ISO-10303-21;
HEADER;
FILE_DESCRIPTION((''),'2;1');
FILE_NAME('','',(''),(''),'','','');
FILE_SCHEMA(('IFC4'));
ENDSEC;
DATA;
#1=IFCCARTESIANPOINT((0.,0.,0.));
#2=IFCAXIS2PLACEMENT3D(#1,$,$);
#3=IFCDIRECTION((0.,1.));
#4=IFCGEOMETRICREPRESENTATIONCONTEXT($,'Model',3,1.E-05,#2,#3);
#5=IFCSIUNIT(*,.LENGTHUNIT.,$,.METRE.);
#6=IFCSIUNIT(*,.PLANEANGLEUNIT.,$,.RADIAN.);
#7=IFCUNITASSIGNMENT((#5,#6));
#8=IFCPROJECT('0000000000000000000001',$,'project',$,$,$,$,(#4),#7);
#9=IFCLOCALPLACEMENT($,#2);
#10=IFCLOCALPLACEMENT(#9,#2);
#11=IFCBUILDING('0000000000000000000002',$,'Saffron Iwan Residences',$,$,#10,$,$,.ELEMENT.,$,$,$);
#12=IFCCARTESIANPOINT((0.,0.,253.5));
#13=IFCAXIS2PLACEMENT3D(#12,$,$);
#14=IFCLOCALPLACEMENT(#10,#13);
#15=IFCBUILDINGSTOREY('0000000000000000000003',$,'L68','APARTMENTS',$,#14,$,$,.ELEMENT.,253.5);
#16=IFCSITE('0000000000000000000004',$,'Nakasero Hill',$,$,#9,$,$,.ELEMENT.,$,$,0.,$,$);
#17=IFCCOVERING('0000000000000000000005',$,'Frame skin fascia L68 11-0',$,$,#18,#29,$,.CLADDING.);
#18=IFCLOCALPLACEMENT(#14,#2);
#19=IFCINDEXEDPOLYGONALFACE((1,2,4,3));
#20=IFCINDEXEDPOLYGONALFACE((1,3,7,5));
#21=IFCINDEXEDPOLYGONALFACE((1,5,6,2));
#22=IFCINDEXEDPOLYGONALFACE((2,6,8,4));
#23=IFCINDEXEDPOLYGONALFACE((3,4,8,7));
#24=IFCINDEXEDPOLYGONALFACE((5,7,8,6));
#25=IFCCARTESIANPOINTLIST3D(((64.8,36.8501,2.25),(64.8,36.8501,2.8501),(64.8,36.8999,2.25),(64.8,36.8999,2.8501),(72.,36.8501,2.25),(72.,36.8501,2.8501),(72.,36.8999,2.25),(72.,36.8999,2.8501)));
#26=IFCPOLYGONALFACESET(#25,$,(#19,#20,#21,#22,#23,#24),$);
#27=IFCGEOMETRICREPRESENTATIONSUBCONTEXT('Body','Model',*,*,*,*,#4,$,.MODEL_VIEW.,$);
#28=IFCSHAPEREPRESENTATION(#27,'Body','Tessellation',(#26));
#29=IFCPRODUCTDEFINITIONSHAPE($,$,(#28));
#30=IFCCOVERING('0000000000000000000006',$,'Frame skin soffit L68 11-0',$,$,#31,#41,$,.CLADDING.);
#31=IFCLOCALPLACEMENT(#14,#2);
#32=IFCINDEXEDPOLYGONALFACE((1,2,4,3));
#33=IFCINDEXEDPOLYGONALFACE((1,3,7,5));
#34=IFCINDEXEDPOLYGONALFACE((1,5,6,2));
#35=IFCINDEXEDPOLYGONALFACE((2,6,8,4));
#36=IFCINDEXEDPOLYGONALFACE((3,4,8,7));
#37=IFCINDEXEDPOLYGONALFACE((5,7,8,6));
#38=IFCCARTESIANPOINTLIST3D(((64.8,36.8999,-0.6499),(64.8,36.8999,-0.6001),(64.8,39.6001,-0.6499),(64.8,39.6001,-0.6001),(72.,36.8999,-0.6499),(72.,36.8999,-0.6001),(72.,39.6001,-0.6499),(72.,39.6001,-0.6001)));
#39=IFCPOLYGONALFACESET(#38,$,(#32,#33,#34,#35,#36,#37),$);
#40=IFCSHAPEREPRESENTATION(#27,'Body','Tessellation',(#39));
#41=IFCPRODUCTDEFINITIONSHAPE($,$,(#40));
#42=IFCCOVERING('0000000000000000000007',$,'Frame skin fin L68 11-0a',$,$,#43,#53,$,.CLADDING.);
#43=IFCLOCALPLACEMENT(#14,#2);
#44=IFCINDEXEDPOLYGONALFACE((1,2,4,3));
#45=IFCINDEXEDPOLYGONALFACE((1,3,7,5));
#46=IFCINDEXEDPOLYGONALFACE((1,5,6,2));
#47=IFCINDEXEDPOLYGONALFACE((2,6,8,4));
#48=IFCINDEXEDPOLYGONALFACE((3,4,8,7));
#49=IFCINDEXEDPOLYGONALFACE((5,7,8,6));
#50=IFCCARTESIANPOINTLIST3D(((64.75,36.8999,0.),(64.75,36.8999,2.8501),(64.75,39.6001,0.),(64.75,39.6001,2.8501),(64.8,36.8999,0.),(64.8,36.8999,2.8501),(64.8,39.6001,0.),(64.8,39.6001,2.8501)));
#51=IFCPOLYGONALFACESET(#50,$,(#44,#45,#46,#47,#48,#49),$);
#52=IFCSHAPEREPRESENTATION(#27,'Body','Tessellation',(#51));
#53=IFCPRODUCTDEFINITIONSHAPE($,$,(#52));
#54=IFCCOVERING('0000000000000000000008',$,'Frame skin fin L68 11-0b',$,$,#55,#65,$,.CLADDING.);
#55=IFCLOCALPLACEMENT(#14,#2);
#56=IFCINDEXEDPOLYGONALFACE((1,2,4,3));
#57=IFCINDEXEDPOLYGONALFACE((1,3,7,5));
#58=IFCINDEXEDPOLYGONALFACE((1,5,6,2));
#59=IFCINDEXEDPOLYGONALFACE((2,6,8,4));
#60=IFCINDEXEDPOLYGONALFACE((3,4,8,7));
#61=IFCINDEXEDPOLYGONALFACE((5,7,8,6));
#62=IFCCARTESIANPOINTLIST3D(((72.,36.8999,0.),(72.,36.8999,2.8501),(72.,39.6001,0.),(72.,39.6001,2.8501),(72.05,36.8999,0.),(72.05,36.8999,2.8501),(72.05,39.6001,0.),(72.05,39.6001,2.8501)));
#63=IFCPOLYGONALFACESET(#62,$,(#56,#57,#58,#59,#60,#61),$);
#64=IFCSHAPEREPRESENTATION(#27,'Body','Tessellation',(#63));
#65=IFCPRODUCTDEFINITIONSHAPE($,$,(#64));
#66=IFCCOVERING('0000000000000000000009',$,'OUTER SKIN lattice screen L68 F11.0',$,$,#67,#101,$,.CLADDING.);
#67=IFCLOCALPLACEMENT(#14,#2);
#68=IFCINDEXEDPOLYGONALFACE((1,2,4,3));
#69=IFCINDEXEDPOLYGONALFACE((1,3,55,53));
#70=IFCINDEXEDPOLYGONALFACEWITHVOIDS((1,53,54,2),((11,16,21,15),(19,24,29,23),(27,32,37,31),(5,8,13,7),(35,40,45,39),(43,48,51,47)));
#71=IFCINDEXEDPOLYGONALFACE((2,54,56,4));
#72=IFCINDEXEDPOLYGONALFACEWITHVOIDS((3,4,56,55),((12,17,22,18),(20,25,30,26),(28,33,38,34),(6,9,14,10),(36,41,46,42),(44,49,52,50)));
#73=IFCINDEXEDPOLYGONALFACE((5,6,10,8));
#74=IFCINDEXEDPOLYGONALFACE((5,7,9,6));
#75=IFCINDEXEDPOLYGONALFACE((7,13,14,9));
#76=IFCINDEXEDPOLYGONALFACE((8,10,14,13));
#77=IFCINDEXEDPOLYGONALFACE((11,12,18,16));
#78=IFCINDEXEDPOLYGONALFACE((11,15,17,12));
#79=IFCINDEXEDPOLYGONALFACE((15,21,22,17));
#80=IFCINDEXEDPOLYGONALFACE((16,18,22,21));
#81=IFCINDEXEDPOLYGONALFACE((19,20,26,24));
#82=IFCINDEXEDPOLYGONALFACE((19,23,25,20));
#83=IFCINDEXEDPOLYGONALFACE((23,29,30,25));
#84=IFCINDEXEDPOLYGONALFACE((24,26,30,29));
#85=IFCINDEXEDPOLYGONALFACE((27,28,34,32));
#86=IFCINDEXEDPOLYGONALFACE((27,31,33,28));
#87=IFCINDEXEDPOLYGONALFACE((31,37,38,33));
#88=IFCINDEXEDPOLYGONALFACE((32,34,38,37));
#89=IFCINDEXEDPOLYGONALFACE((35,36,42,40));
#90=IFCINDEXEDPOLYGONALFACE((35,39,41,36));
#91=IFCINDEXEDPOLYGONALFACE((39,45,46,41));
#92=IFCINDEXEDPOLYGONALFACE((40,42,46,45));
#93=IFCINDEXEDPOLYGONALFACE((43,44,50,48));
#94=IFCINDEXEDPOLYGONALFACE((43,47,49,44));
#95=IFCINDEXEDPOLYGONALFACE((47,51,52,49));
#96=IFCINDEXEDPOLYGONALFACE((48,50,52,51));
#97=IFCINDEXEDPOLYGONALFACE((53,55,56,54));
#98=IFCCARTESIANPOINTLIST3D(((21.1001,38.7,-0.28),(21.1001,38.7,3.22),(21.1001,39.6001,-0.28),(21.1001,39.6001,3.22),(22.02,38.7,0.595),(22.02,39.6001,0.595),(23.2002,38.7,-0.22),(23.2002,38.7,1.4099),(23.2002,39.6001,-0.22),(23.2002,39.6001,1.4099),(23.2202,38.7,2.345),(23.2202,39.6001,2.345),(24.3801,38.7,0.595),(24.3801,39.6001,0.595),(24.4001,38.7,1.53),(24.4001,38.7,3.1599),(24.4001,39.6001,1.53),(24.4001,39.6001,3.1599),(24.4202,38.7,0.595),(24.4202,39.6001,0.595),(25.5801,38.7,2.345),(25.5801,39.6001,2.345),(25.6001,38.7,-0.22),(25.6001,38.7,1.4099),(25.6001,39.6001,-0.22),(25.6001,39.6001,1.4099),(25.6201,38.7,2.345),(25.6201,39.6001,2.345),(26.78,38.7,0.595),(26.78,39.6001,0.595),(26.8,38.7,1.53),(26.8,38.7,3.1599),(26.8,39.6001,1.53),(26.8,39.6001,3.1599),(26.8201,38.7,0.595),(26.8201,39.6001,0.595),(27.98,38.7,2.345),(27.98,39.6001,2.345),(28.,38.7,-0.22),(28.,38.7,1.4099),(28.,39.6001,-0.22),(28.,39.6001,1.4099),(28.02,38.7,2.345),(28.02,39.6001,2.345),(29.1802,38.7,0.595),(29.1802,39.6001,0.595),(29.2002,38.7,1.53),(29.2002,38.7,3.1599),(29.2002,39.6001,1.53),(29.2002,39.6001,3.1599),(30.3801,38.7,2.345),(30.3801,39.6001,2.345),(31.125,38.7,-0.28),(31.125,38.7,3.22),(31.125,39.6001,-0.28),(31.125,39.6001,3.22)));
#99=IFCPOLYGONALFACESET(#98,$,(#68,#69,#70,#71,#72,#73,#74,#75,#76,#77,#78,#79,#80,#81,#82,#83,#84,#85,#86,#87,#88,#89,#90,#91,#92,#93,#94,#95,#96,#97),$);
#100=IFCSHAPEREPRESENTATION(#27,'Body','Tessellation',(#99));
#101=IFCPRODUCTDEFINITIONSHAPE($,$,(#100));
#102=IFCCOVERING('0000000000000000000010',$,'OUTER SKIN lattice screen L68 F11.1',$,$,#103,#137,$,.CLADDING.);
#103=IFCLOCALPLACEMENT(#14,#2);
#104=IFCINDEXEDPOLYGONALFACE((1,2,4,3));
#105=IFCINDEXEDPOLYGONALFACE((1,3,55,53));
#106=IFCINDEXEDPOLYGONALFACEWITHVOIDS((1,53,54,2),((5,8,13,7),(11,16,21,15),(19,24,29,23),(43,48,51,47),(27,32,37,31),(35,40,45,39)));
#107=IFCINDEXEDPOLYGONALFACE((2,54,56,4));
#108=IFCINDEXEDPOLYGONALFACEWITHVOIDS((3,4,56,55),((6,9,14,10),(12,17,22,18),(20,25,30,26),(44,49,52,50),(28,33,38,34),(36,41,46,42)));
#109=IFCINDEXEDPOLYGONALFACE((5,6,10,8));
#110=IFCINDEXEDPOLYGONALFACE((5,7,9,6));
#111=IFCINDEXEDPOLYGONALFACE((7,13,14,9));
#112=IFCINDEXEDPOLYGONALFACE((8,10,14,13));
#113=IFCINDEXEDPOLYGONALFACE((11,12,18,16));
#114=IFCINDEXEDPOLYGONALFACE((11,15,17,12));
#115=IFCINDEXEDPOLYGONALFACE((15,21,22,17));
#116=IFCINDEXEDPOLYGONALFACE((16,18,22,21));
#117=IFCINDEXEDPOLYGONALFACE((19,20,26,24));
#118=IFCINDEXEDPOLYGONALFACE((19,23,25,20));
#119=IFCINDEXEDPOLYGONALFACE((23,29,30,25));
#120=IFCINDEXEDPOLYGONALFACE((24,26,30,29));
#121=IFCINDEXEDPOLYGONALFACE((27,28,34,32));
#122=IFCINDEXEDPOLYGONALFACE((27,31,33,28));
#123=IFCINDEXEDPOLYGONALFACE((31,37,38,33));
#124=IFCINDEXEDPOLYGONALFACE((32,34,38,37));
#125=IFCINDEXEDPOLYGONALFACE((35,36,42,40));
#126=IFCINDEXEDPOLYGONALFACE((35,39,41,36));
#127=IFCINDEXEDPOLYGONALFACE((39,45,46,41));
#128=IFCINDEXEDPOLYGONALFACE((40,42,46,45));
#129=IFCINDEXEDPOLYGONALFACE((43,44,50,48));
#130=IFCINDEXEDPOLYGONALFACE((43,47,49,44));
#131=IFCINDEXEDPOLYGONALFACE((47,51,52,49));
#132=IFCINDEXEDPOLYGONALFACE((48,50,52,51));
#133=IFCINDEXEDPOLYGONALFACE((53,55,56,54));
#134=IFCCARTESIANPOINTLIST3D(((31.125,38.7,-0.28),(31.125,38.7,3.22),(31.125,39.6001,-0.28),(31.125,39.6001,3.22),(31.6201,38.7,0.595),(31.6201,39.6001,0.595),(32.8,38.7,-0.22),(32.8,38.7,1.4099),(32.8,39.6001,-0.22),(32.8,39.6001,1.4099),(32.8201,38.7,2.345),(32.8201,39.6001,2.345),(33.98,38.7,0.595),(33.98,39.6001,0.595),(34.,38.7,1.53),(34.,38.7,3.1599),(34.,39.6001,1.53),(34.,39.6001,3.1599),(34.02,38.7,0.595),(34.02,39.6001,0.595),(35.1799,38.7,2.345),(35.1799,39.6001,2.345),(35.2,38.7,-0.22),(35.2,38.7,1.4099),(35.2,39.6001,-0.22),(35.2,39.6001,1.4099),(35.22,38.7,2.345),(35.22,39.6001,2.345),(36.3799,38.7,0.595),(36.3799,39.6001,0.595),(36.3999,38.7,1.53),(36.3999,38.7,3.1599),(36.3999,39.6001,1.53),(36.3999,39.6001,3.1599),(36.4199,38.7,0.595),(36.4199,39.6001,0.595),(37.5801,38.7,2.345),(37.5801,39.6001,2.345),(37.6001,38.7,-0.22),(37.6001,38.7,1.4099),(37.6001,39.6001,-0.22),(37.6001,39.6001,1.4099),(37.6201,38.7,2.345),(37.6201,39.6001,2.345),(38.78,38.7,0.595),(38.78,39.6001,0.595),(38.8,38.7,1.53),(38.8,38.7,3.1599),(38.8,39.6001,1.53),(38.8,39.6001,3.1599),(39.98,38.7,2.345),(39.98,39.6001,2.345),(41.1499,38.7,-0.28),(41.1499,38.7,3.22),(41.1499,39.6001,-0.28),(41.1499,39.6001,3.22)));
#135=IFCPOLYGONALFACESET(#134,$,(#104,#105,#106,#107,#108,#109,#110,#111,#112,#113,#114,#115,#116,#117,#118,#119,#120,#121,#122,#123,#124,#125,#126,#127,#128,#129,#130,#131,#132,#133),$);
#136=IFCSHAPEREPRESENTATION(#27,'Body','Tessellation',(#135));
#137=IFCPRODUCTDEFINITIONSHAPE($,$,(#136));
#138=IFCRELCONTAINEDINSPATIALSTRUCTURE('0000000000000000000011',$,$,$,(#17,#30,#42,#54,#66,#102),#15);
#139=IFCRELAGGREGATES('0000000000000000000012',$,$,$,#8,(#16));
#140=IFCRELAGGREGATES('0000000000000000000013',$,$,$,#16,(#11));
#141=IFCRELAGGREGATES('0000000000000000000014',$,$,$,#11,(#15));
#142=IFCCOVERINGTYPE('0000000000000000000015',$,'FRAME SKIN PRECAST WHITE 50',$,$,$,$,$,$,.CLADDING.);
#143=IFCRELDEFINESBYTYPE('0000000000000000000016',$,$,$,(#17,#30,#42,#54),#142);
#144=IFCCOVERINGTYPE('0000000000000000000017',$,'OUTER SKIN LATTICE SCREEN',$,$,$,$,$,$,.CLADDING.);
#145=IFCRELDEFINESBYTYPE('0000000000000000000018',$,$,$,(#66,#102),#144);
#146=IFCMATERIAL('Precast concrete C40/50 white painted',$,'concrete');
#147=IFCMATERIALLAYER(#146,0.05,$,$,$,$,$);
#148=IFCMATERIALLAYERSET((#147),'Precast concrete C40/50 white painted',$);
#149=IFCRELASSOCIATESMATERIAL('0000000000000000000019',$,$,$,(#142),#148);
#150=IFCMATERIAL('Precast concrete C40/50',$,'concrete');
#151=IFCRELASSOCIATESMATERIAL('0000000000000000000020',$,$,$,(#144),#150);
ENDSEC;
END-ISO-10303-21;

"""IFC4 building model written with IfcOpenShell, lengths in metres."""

from ifc_helpers import new_model, si_unit, direction, frame, origin, place, context, subcontext, project, spatial, polyline, outline, extrude, material, layer, layer_set, type_object, element, save


model = new_model("IFC4")

# Units and contexts
model_context = context("Model", 3, precision=1e-05, world=origin(), true_north=direction((0.0, 1.0)))
body_context = subcontext(model_context, "Body", "Model", "MODEL_VIEW")
ifc_project = project(units=[si_unit("LENGTHUNIT", "METRE"), si_unit("PLANEANGLEUNIT", "RADIAN")], contexts=[model_context])

# Site, building, storey
site_placement = place(None, origin())
site = spatial("IfcSite", under=ifc_project, at=site_placement, Name="Nakasero Hill", CompositionType="ELEMENT", RefElevation=0.0)
building_placement = place(site_placement, origin())
building = spatial("IfcBuilding", under=site, at=building_placement, Name="Saffron Iwan Residences", CompositionType="ELEMENT")
storey_placement = place(building_placement, frame((0.0, 0.0, 253.5)))
storey = spatial("IfcBuildingStorey", under=building, at=storey_placement, Name="L68", Description="APARTMENTS", CompositionType="ELEMENT", Elevation=253.5)

# Coverings
ifc_material_1 = material(Name="Precast concrete C40/50 white painted", Category="concrete")
ifc_layer_1 = layer(ifc_material_1, 0.05)
ifc_layer_set_1 = layer_set([ifc_layer_1], Name="Precast concrete C40/50 white painted")
covering_type_1 = type_object("IfcCoveringType", Name="FRAME SKIN PRECAST WHITE 50", PredefinedType="CLADDING", material=ifc_layer_set_1)
for number, where, name in (
    (1, (0.0, 0.0, 2.25), "Frame skin fascia L68 11-0"),
):
    element("IfcCovering", number, at=place(storey_placement, frame(where)), inside=storey, type_object=covering_type_1, Name=name, PredefinedType="CLADDING", context=body_context, shape_type="SweptSolid", body=[
        extrude(outline(polyline([(64.8, 36.8501), (72.0, 36.8501), (72.0, 36.8999), (64.8, 36.8999), (64.8, 36.8501)])), origin(), (0.0, 0.0, 1.0), 0.6001),
    ])
covering_1_placement = place(storey_placement, frame((0.0, 0.0, -0.6499)))
element("IfcCovering", 2, at=covering_1_placement, inside=storey, type_object=covering_type_1, Name="Frame skin soffit L68 11-0", PredefinedType="CLADDING", context=body_context, shape_type="SweptSolid", body=[
    extrude(outline(polyline([(64.8, 36.8999), (72.0, 36.8999), (72.0, 39.6001), (64.8, 39.6001), (64.8, 36.8999)])), origin(), (0.0, 0.0, 1.0), 0.0498),
])
covering_2_placement = place(storey_placement, origin())
element("IfcCovering", 3, at=covering_2_placement, inside=storey, type_object=covering_type_1, Name="Frame skin fin L68 11-0a", PredefinedType="CLADDING", context=body_context, shape_type="SweptSolid", body=[
    extrude(outline(polyline([(64.75, 36.8999), (64.8, 36.8999), (64.8, 39.6001), (64.75, 39.6001), (64.75, 36.8999)])), origin(), (0.0, 0.0, 1.0), 2.8501),
])
covering_3_placement = place(storey_placement, origin())
element("IfcCovering", 4, at=covering_3_placement, inside=storey, type_object=covering_type_1, Name="Frame skin fin L68 11-0b", PredefinedType="CLADDING", context=body_context, shape_type="SweptSolid", body=[
    extrude(outline(polyline([(72.0, 36.8999), (72.05, 36.8999), (72.05, 39.6001), (72.0, 39.6001), (72.0, 36.8999)])), origin(), (0.0, 0.0, 1.0), 2.8501),
])
ifc_material_2 = material(Name="Precast concrete C40/50", Category="concrete")
covering_type_2 = type_object("IfcCoveringType", Name="OUTER SKIN LATTICE SCREEN", PredefinedType="CLADDING", material=ifc_material_2)
covering_4_placement = place(storey_placement, frame((21.1001, 39.6001, -0.28), z_axis=(0.0, -1.0, 0.0), x_axis=(1.0, 0.0, 0.0)))
element("IfcCovering", 5, at=covering_4_placement, inside=storey, type_object=covering_type_2, Name="OUTER SKIN lattice screen L68 F11.0", PredefinedType="CLADDING", context=body_context, shape_type="SweptSolid", body=[
    extrude(outline(polyline([(0.0, 0.0), (10.0249, 0.0), (10.0249, 3.5), (0.0, 3.5), (0.0, 0.0)]), holes=[polyline([(0.9199, 0.875), (2.1001, 0.0601), (3.28, 0.875), (2.1001, 1.6899), (0.9199, 0.875)]), polyline([(3.3201, 0.875), (4.5, 0.0601), (5.6799, 0.875), (4.5, 1.6899), (3.3201, 0.875)]), polyline([(5.72, 0.875), (6.8999, 0.0601), (8.0801, 0.875), (6.8999, 1.6899), (5.72, 0.875)]), polyline([(2.1201, 2.625), (3.3, 1.8101), (4.48, 2.625), (3.3, 3.4399), (2.1201, 2.625)]), polyline([(4.52, 2.625), (5.7, 1.8101), (6.8799, 2.625), (5.7, 3.4399), (4.52, 2.625)]), polyline([(6.9199, 2.625), (8.1001, 1.8101), (9.28, 2.625), (8.1001, 3.4399), (6.9199, 2.625)])]), origin(), (0.0, 0.0, 1.0), 0.9001),
])
covering_5_placement = place(storey_placement, frame((31.125, 39.6001, -0.28), z_axis=(0.0, -1.0, 0.0), x_axis=(1.0, 0.0, 0.0)))
element("IfcCovering", 6, at=covering_5_placement, inside=storey, type_object=covering_type_2, Name="OUTER SKIN lattice screen L68 F11.1", PredefinedType="CLADDING", context=body_context, shape_type="SweptSolid", body=[
    extrude(outline(polyline([(0.0, 0.0), (10.0249, 0.0), (10.0249, 3.5), (0.0, 3.5), (0.0, 0.0)]), holes=[polyline([(0.4951, 0.875), (1.675, 0.0601), (2.855, 0.875), (1.675, 1.6899), (0.4951, 0.875)]), polyline([(2.895, 0.875), (4.075, 0.0601), (5.2549, 0.875), (4.075, 1.6899), (2.895, 0.875)]), polyline([(5.2949, 0.875), (6.4751, 0.0601), (7.655, 0.875), (6.4751, 1.6899), (5.2949, 0.875)]), polyline([(1.6951, 2.625), (2.875, 1.8101), (4.0549, 2.625), (2.875, 3.4399), (1.6951, 2.625)]), polyline([(4.095, 2.625), (5.2749, 1.8101), (6.4551, 2.625), (5.2749, 3.4399), (4.095, 2.625)]), polyline([(6.4951, 2.625), (7.675, 1.8101), (8.855, 2.625), (7.675, 3.4399), (6.4951, 2.625)])]), origin(), (0.0, 0.0, 1.0), 0.9001),
])

save(model, "model.ifc")
